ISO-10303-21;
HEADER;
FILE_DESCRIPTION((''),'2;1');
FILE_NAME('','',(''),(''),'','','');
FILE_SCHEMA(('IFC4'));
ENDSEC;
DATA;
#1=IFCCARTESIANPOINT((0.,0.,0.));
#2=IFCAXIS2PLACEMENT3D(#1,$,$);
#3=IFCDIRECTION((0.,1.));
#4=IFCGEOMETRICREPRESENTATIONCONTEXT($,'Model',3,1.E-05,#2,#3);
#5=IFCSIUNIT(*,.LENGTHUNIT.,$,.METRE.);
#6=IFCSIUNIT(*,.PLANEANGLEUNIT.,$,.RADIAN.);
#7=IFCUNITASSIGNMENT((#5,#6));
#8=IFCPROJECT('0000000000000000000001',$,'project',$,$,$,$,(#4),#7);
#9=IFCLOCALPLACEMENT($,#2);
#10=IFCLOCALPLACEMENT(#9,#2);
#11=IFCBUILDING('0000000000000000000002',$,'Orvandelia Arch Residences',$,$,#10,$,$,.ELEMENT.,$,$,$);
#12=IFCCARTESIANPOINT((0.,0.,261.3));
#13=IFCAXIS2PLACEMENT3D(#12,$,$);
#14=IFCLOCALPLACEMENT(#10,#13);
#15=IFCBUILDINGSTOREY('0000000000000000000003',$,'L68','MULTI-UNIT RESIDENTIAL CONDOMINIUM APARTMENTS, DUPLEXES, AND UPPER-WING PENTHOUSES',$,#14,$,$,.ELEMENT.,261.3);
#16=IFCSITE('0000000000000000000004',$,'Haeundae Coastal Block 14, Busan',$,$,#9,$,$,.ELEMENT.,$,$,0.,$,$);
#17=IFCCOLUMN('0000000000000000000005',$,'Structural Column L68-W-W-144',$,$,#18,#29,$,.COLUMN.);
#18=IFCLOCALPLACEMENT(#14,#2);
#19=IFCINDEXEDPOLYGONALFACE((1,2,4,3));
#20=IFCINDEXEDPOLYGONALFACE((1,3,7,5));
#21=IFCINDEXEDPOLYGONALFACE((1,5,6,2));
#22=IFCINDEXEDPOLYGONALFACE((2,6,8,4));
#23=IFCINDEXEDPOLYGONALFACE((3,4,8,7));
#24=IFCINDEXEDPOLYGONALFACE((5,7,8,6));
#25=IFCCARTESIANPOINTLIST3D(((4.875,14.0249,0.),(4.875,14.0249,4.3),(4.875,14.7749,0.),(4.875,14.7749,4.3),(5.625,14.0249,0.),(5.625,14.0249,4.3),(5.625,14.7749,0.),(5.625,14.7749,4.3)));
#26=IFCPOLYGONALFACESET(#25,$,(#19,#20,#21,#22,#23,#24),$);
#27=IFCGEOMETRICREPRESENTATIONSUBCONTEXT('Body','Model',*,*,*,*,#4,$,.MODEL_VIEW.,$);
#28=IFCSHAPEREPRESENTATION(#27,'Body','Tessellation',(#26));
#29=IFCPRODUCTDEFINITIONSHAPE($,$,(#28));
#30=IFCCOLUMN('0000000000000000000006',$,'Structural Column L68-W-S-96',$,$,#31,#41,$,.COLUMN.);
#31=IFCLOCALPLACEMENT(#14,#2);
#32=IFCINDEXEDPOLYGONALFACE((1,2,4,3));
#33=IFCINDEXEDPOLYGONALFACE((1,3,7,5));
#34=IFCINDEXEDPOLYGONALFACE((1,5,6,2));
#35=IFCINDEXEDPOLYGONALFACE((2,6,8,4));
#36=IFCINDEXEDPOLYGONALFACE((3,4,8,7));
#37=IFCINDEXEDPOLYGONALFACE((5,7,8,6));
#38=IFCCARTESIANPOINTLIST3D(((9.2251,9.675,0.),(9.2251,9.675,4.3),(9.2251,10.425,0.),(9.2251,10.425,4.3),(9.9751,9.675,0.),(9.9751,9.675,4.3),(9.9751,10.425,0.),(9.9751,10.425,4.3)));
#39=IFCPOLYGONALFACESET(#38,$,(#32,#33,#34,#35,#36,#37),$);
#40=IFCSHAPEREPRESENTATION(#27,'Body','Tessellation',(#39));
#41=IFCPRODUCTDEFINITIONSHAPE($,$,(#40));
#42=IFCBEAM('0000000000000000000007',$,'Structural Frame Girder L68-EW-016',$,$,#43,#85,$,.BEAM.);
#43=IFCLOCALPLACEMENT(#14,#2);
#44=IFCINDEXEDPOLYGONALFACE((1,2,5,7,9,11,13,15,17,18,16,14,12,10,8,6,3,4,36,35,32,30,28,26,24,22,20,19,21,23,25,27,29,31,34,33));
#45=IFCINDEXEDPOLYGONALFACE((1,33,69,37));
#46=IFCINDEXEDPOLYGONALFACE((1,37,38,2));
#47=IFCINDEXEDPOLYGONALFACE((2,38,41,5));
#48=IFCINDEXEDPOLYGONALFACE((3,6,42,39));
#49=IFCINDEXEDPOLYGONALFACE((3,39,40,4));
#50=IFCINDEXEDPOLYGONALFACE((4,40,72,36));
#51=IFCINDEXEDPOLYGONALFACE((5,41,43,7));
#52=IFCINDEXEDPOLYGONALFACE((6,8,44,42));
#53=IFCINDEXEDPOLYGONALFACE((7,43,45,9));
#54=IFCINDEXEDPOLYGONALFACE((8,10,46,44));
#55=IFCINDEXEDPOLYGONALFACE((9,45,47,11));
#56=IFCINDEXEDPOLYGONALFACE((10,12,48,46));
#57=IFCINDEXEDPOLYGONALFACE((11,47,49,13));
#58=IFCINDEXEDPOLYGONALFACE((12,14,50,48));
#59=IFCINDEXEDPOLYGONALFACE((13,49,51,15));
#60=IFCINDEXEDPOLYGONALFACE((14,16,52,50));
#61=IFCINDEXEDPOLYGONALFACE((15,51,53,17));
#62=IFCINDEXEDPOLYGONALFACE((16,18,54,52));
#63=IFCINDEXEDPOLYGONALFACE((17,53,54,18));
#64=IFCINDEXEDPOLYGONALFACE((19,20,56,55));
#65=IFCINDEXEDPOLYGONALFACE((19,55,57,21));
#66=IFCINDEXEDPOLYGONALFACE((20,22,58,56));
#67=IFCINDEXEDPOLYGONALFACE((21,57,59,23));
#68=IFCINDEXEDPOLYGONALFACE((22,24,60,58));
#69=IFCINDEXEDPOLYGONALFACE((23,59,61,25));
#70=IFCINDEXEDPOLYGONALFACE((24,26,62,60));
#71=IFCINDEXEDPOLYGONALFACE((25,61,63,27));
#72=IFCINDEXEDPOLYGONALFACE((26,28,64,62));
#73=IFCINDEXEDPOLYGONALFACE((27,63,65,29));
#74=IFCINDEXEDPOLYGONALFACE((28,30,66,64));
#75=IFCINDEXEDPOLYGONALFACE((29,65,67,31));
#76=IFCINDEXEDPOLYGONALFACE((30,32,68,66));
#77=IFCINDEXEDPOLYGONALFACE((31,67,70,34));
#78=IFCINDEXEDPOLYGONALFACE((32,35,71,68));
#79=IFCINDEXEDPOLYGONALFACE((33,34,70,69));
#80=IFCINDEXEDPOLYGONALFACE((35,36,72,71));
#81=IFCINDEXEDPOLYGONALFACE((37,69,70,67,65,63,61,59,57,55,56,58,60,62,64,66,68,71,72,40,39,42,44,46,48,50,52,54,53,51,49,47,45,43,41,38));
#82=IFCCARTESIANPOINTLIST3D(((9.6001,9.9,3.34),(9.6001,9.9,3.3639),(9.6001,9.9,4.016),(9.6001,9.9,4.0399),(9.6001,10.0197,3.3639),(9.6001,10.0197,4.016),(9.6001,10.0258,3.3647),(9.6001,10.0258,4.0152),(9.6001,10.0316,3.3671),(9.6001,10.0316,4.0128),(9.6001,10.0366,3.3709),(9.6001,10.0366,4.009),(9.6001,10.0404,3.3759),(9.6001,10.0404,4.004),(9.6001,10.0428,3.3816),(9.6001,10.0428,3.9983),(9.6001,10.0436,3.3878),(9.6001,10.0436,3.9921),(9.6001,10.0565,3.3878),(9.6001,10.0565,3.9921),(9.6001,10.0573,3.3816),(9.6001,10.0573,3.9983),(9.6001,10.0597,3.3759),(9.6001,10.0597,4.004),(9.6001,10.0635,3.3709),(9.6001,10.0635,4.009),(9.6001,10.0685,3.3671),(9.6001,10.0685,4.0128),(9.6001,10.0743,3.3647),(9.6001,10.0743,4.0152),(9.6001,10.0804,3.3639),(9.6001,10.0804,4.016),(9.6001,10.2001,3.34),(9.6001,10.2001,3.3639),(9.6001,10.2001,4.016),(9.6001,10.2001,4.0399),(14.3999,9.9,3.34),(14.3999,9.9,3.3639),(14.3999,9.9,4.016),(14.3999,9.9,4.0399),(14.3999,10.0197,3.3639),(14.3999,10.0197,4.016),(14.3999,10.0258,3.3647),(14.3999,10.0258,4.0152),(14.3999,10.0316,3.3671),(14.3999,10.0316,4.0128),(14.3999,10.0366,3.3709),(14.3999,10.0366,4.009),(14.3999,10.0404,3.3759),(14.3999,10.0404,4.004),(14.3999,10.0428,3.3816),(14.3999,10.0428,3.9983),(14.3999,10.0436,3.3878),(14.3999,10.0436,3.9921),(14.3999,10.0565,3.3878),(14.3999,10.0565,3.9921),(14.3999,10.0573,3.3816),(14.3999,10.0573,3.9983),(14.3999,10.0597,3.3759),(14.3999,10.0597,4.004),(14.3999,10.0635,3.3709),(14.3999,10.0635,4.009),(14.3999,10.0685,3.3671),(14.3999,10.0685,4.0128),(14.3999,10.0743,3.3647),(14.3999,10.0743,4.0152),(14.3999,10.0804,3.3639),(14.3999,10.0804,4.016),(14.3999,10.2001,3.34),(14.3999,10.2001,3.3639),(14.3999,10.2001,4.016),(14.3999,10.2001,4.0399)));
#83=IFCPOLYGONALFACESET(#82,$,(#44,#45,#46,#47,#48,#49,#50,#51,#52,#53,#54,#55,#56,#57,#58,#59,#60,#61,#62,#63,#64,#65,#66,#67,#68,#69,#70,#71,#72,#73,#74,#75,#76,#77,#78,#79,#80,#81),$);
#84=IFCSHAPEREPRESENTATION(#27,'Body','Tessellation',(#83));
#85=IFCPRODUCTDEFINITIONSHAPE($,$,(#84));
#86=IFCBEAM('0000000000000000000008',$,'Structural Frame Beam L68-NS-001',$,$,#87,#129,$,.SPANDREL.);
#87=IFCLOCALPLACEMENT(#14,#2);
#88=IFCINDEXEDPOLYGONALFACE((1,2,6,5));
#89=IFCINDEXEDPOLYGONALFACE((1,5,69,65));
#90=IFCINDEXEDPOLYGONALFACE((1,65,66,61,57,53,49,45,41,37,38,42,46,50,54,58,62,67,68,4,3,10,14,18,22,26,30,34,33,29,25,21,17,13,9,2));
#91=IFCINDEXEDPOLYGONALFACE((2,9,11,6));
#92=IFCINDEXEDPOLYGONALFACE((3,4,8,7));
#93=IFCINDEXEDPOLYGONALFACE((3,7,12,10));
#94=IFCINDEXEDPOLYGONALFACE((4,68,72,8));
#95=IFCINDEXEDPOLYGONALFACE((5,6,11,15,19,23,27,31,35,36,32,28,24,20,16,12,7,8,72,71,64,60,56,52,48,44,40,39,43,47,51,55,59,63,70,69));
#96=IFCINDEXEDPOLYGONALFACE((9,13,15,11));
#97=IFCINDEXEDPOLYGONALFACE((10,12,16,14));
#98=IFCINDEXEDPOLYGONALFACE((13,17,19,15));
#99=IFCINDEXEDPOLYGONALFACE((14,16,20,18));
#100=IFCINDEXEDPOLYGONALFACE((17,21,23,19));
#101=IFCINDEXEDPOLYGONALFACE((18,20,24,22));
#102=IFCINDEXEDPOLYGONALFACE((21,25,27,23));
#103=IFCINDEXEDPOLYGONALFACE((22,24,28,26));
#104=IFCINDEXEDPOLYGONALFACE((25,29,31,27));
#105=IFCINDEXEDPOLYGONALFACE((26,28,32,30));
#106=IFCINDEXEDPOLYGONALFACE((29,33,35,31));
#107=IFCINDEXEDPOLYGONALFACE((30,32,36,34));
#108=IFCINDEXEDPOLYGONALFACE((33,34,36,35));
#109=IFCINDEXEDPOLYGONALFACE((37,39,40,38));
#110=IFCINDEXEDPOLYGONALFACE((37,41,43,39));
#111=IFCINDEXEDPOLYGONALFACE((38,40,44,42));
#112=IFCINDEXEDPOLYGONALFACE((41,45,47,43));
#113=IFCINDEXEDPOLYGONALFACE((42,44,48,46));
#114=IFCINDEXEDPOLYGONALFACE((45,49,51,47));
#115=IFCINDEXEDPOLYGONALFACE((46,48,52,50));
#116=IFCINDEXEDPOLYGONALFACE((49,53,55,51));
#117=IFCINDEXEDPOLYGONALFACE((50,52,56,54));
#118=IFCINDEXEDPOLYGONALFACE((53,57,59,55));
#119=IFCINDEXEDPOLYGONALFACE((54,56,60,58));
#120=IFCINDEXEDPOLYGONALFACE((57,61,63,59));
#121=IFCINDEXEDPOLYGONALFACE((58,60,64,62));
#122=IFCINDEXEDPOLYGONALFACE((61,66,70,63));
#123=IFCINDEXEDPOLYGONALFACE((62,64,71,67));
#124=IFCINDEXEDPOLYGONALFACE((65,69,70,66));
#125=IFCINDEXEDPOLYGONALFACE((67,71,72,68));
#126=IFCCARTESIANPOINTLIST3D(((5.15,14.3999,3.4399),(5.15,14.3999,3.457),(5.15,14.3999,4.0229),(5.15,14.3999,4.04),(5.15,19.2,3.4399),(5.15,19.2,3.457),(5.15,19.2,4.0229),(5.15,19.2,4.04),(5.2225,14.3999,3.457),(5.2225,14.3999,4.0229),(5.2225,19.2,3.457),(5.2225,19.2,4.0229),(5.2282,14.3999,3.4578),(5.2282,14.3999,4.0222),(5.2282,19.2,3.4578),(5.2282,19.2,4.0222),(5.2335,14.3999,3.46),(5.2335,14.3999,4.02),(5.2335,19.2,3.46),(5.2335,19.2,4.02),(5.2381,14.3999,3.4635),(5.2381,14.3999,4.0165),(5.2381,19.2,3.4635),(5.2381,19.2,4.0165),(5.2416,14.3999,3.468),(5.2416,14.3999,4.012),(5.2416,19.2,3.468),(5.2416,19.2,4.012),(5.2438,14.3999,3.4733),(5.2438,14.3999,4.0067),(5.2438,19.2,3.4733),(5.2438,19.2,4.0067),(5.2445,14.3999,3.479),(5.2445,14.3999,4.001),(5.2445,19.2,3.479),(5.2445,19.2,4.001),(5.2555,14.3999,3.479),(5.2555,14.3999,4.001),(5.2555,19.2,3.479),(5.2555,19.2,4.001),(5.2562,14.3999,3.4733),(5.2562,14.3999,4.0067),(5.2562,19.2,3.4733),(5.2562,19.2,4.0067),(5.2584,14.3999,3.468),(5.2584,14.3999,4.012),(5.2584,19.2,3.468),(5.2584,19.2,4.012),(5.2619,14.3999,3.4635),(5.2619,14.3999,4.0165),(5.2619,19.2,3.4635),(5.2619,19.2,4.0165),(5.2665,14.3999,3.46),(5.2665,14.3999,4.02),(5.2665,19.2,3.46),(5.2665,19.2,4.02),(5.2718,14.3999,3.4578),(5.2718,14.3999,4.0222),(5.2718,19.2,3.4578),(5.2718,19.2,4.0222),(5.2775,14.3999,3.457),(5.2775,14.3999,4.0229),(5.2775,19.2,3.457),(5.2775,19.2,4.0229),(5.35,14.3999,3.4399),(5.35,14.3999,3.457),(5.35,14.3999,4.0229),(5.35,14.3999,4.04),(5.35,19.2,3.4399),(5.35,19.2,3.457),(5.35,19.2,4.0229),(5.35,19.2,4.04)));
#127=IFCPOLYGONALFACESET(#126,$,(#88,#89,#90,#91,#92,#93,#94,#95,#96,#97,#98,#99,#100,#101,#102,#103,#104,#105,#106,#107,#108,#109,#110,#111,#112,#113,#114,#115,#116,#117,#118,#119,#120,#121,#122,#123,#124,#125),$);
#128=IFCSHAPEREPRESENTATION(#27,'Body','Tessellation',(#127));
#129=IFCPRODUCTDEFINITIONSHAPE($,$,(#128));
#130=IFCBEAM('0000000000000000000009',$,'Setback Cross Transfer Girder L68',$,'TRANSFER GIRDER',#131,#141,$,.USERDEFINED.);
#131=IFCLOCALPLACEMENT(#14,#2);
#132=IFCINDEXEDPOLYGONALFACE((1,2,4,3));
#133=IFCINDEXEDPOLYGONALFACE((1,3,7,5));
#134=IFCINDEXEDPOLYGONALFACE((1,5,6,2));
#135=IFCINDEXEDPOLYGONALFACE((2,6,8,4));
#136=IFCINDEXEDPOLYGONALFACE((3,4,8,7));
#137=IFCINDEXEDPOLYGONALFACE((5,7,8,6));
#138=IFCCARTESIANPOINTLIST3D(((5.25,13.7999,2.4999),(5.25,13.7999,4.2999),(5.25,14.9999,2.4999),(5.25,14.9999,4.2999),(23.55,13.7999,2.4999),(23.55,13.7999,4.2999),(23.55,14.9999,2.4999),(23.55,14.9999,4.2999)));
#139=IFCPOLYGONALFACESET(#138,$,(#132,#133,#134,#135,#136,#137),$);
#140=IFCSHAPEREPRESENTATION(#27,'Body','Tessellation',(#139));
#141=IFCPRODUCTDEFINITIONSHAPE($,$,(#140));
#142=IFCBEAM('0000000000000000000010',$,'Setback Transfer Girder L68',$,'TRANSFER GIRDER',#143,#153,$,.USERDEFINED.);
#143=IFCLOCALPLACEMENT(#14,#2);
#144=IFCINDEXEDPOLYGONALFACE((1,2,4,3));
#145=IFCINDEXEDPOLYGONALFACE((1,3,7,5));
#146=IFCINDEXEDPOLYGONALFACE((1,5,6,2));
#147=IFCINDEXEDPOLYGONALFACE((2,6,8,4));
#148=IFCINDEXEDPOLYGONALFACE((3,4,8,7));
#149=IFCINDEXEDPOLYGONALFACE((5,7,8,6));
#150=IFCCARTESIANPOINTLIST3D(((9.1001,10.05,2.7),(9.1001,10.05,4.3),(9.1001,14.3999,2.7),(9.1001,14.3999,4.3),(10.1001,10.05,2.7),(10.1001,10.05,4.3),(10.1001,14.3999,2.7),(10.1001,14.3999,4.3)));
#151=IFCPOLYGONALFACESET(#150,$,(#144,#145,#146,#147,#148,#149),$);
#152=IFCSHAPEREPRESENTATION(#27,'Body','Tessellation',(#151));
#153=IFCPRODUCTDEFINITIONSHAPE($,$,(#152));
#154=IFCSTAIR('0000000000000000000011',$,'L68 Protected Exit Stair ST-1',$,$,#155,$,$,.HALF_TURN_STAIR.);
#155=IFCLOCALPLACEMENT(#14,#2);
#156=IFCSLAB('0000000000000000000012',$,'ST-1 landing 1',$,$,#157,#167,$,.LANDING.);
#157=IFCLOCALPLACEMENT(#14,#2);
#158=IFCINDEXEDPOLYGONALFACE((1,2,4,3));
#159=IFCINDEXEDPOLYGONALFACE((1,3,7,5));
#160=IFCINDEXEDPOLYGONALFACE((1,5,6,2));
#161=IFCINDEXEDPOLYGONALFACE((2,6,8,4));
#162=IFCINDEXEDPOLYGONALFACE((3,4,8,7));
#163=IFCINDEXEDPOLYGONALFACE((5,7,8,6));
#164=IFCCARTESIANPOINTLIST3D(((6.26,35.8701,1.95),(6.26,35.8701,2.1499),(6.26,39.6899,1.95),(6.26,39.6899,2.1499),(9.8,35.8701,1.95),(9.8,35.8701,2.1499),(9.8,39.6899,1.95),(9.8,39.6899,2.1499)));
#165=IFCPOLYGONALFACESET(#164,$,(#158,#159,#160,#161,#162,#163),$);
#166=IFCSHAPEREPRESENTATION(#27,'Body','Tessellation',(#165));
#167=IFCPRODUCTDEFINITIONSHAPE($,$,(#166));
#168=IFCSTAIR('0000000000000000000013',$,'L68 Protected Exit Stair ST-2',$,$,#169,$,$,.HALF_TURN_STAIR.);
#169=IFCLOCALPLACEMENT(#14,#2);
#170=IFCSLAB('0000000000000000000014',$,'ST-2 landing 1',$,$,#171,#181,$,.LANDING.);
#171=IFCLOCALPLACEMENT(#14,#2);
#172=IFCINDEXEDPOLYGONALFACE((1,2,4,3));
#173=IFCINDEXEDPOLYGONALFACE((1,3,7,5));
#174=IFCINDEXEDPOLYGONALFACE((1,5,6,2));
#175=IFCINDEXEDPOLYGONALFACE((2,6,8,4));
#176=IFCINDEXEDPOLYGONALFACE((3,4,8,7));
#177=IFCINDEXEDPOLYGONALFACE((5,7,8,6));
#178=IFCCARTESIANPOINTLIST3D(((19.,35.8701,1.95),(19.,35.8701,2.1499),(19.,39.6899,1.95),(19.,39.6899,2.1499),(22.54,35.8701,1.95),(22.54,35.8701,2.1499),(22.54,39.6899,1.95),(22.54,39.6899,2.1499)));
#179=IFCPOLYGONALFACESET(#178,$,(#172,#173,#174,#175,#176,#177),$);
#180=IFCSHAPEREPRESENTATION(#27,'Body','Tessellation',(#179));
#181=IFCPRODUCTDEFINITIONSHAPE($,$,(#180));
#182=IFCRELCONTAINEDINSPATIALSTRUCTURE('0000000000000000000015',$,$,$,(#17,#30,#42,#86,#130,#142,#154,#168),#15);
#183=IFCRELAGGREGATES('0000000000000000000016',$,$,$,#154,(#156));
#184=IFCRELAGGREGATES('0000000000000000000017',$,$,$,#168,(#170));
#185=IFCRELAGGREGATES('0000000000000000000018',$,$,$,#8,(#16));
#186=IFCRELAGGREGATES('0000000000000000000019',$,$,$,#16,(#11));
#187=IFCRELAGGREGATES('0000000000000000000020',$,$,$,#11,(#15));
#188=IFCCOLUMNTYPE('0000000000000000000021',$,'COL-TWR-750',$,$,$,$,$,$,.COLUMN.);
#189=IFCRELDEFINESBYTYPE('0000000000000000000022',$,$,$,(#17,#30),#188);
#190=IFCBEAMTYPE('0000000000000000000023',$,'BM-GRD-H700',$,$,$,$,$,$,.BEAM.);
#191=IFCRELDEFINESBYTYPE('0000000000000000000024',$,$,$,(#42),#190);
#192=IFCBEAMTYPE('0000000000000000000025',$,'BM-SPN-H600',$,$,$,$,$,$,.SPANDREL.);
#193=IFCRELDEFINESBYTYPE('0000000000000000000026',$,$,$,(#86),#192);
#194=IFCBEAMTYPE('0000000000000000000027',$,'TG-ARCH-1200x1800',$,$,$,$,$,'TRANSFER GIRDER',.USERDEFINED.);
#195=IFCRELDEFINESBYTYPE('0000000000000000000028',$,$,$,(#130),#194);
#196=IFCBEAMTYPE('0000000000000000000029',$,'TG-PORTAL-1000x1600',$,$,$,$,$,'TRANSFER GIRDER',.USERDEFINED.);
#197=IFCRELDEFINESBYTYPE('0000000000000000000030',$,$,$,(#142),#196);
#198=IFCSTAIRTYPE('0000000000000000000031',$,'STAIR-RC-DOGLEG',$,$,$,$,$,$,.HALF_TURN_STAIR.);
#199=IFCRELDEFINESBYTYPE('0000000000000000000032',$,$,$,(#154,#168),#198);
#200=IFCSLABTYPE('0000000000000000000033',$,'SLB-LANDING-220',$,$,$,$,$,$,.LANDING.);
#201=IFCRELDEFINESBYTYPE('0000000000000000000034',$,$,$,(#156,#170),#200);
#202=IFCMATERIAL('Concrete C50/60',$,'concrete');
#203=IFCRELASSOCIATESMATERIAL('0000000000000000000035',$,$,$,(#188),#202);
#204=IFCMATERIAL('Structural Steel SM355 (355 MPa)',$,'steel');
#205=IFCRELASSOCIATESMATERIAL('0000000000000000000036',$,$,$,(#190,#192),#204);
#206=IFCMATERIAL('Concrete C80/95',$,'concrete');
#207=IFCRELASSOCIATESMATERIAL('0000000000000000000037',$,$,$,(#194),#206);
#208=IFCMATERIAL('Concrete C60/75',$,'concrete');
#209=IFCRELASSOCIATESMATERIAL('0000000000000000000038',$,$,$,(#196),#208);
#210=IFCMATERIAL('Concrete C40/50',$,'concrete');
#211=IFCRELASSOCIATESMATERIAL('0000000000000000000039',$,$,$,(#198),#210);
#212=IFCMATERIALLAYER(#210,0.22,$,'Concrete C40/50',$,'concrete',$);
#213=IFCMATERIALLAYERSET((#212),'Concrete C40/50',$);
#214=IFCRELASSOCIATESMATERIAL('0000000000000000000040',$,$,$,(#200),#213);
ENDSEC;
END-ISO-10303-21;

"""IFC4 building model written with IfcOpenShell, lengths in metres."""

from ifc_helpers import new_model, si_unit, direction, frame, origin, origin_2d, place, context, subcontext, project, spatial, polyline, rectangle, i_section, outline, extrude, material, layer, layer_set, material_profile, profile_set, type_object, element, aggregate, save


model = new_model("IFC4")

# Units and contexts
model_context = context("Model", 3, precision=1e-05, world=origin(), true_north=direction((0.0, 1.0)))
body_context = subcontext(model_context, "Body", "Model", "MODEL_VIEW")
ifc_project = project(units=[si_unit("LENGTHUNIT", "METRE"), si_unit("PLANEANGLEUNIT", "RADIAN")], contexts=[model_context])

# Site, building, storey
site_placement = place(None, origin())
site = spatial("IfcSite", under=ifc_project, at=site_placement, Name="Haeundae Coastal Block 14, Busan", CompositionType="ELEMENT", RefElevation=0.0)
building_placement = place(site_placement, origin())
building = spatial("IfcBuilding", under=site, at=building_placement, Name="Orvandelia Arch Residences", CompositionType="ELEMENT")
storey_placement = place(building_placement, frame((0.0, 0.0, 261.3)))
storey = spatial("IfcBuildingStorey", under=building, at=storey_placement, Name="L68", Description="MULTI-UNIT RESIDENTIAL CONDOMINIUM APARTMENTS, DUPLEXES, AND UPPER-WING PENTHOUSES", CompositionType="ELEMENT", Elevation=261.3)

# Columns
ifc_material_1 = material(Name="Concrete C50/60", Category="concrete")
ifc_material_profile_1 = material_profile(ifc_material_1, rectangle(XDim=0.75, YDim=0.75, at=origin_2d()), Name="Concrete C50/60", Category="concrete")
ifc_profile_set_1 = profile_set([ifc_material_profile_1], Name="Concrete C50/60")
column_type = type_object("IfcColumnType", Name="COL-TWR-750", PredefinedType="COLUMN", material=ifc_profile_set_1)
for number, where, z_axis, x_axis, name in (
    (1, (5.25, 14.3999, 0.0), (0.0, 0.0, 1.0), (1.0, 0.0, 0.0), "Structural Column L68-W-W-144"),
    (2, (9.6001, 10.05, 0.0), (0.0, 0.0, 1.0), (1.0, 0.0, 0.0), "Structural Column L68-W-S-96"),
):
    element("IfcColumn", number, at=place(storey_placement, frame(where, z_axis=z_axis, x_axis=x_axis)), inside=storey, type_object=column_type, Name=name, PredefinedType="COLUMN", context=body_context, shape_type="SweptSolid", body=[
        extrude(rectangle(XDim=0.75, YDim=0.75, at=origin_2d()), origin(), (0.0, 0.0, 1.0), 4.3),
    ])

# Beams
ifc_material_2 = material(Name="Structural Steel SM355 (355 MPa)", Category="steel")
ifc_material_profile_2 = material_profile(ifc_material_2, i_section(OverallWidth=0.3, OverallDepth=0.7, WebThickness=0.0129, FlangeThickness=0.0239, FilletRadius=0.0239, at=origin_2d()), Name="Structural Steel SM355 (355 MPa)", Category="steel")
ifc_profile_set_2 = profile_set([ifc_material_profile_2], Name="Structural Steel SM355 (355 MPa)")
beam_type_1 = type_object("IfcBeamType", Name="BM-GRD-H700", PredefinedType="BEAM", material=ifc_profile_set_2)
beam_1_placement = place(storey_placement, frame((9.6001, 10.05, 3.6899), z_axis=(1.0, 0.0, 0.0), x_axis=(0.0, 1.0, 0.0)))
element("IfcBeam", 3, at=beam_1_placement, inside=storey, type_object=beam_type_1, Name="Structural Frame Girder L68-EW-016", PredefinedType="BEAM", context=body_context, shape_type="SweptSolid", body=[
    extrude(i_section(OverallWidth=0.3, OverallDepth=0.7, WebThickness=0.0129, FlangeThickness=0.0239, FilletRadius=0.0239, at=origin_2d()), origin(), (0.0, 0.0, 1.0), 4.7998),
])
ifc_material_profile_3 = material_profile(ifc_material_2, i_section(OverallWidth=0.2, OverallDepth=0.6001, WebThickness=0.011, FlangeThickness=0.0171, FilletRadius=0.022, at=origin_2d()), Name="Structural Steel SM355 (355 MPa)", Category="steel")
ifc_profile_set_3 = profile_set([ifc_material_profile_3], Name="Structural Steel SM355 (355 MPa)")
beam_type_2 = type_object("IfcBeamType", Name="BM-SPN-H600", PredefinedType="SPANDREL", material=ifc_profile_set_3)
beam_2_placement = place(storey_placement, frame((5.25, 14.3999, 3.74), z_axis=(0.0, 1.0, 0.0), x_axis=(-1.0, 0.0, 0.0)))
element("IfcBeam", 4, at=beam_2_placement, inside=storey, type_object=beam_type_2, Name="Structural Frame Beam L68-NS-001", PredefinedType="SPANDREL", context=body_context, shape_type="SweptSolid", body=[
    extrude(i_section(OverallWidth=0.2, OverallDepth=0.6001, WebThickness=0.011, FlangeThickness=0.0171, FilletRadius=0.022, at=origin_2d()), origin(), (0.0, 0.0, 1.0), 4.8),
])
ifc_material_3 = material(Name="Concrete C80/95", Category="concrete")
ifc_material_profile_4 = material_profile(ifc_material_3, rectangle(XDim=1.2, YDim=1.8, at=origin_2d()), Name="Concrete C80/95", Category="concrete")
ifc_profile_set_4 = profile_set([ifc_material_profile_4], Name="Concrete C80/95")
beam_type_3 = type_object("IfcBeamType", Name="TG-ARCH-1200x1800", ElementType="TRANSFER GIRDER", PredefinedType="USERDEFINED", material=ifc_profile_set_4)
beam_3_placement = place(storey_placement, frame((5.25, 14.3999, 3.3999), z_axis=(1.0, 0.0, 0.0), x_axis=(0.0, 1.0, 0.0)))
element("IfcBeam", 5, at=beam_3_placement, inside=storey, type_object=beam_type_3, Name="Setback Cross Transfer Girder L68", ObjectType="TRANSFER GIRDER", PredefinedType="USERDEFINED", context=body_context, shape_type="SweptSolid", body=[
    extrude(rectangle(XDim=1.2, YDim=1.8, at=origin_2d()), origin(), (0.0, 0.0, 1.0), 18.3),
])
ifc_material_4 = material(Name="Concrete C60/75", Category="concrete")
ifc_material_profile_5 = material_profile(ifc_material_4, rectangle(XDim=1.0, YDim=1.6001, at=origin_2d()), Name="Concrete C60/75", Category="concrete")
ifc_profile_set_5 = profile_set([ifc_material_profile_5], Name="Concrete C60/75")
beam_type_4 = type_object("IfcBeamType", Name="TG-PORTAL-1000x1600", ElementType="TRANSFER GIRDER", PredefinedType="USERDEFINED", material=ifc_profile_set_5)
beam_4_placement = place(storey_placement, frame((9.6001, 10.05, 3.5), z_axis=(0.0, 1.0, 0.0), x_axis=(-1.0, 0.0, 0.0)))
element("IfcBeam", 6, at=beam_4_placement, inside=storey, type_object=beam_type_4, Name="Setback Transfer Girder L68", ObjectType="TRANSFER GIRDER", PredefinedType="USERDEFINED", context=body_context, shape_type="SweptSolid", body=[
    extrude(rectangle(XDim=1.0, YDim=1.6001, at=origin_2d()), origin(), (0.0, 0.0, 1.0), 4.3499),
])

# Stairs, slabs
ifc_material_5 = material(Name="Concrete C40/50", Category="concrete")
stair_type = type_object("IfcStairType", Name="STAIR-RC-DOGLEG", PredefinedType="HALF_TURN_STAIR", material=ifc_material_5)
stair_1_placement = place(storey_placement, origin())
stair_1 = element("IfcStair", 7, at=stair_1_placement, inside=storey, type_object=stair_type, Name="L68 Protected Exit Stair ST-1", PredefinedType="HALF_TURN_STAIR")
ifc_layer_1 = layer(ifc_material_5, 0.22, Name="Concrete C40/50", Category="concrete")
ifc_layer_set_1 = layer_set([ifc_layer_1], Name="Concrete C40/50")
slab_type_1 = type_object("IfcSlabType", Name="SLB-LANDING-220", PredefinedType="LANDING", material=ifc_layer_set_1)
slab_1_placement = place(storey_placement, frame((0.0, 0.0, 1.95)))
slab_1 = element("IfcSlab", 8, at=slab_1_placement, type_object=slab_type_1, Name="ST-1 landing 1", PredefinedType="LANDING", context=body_context, shape_type="SweptSolid", body=[
    extrude(outline(polyline([(9.8, 35.8701), (9.8, 39.6899), (6.26, 39.6899), (6.26, 35.8701), (9.8, 35.8701)])), origin(), (0.0, 0.0, 1.0), 0.2),
])
aggregate(stair_1, [slab_1])
stair_2_placement = place(storey_placement, origin())
stair_2 = element("IfcStair", 9, at=stair_2_placement, inside=storey, type_object=stair_type, Name="L68 Protected Exit Stair ST-2", PredefinedType="HALF_TURN_STAIR")
slab_2_placement = place(storey_placement, frame((0.0, 0.0, 1.95)))
slab_2 = element("IfcSlab", 10, at=slab_2_placement, type_object=slab_type_1, Name="ST-2 landing 1", PredefinedType="LANDING", context=body_context, shape_type="SweptSolid", body=[
    extrude(outline(polyline([(22.54, 35.8701), (22.54, 39.6899), (19.0, 39.6899), (19.0, 35.8701), (22.54, 35.8701)])), origin(), (0.0, 0.0, 1.0), 0.2),
])
aggregate(stair_2, [slab_2])

save(model, "model.ifc")
